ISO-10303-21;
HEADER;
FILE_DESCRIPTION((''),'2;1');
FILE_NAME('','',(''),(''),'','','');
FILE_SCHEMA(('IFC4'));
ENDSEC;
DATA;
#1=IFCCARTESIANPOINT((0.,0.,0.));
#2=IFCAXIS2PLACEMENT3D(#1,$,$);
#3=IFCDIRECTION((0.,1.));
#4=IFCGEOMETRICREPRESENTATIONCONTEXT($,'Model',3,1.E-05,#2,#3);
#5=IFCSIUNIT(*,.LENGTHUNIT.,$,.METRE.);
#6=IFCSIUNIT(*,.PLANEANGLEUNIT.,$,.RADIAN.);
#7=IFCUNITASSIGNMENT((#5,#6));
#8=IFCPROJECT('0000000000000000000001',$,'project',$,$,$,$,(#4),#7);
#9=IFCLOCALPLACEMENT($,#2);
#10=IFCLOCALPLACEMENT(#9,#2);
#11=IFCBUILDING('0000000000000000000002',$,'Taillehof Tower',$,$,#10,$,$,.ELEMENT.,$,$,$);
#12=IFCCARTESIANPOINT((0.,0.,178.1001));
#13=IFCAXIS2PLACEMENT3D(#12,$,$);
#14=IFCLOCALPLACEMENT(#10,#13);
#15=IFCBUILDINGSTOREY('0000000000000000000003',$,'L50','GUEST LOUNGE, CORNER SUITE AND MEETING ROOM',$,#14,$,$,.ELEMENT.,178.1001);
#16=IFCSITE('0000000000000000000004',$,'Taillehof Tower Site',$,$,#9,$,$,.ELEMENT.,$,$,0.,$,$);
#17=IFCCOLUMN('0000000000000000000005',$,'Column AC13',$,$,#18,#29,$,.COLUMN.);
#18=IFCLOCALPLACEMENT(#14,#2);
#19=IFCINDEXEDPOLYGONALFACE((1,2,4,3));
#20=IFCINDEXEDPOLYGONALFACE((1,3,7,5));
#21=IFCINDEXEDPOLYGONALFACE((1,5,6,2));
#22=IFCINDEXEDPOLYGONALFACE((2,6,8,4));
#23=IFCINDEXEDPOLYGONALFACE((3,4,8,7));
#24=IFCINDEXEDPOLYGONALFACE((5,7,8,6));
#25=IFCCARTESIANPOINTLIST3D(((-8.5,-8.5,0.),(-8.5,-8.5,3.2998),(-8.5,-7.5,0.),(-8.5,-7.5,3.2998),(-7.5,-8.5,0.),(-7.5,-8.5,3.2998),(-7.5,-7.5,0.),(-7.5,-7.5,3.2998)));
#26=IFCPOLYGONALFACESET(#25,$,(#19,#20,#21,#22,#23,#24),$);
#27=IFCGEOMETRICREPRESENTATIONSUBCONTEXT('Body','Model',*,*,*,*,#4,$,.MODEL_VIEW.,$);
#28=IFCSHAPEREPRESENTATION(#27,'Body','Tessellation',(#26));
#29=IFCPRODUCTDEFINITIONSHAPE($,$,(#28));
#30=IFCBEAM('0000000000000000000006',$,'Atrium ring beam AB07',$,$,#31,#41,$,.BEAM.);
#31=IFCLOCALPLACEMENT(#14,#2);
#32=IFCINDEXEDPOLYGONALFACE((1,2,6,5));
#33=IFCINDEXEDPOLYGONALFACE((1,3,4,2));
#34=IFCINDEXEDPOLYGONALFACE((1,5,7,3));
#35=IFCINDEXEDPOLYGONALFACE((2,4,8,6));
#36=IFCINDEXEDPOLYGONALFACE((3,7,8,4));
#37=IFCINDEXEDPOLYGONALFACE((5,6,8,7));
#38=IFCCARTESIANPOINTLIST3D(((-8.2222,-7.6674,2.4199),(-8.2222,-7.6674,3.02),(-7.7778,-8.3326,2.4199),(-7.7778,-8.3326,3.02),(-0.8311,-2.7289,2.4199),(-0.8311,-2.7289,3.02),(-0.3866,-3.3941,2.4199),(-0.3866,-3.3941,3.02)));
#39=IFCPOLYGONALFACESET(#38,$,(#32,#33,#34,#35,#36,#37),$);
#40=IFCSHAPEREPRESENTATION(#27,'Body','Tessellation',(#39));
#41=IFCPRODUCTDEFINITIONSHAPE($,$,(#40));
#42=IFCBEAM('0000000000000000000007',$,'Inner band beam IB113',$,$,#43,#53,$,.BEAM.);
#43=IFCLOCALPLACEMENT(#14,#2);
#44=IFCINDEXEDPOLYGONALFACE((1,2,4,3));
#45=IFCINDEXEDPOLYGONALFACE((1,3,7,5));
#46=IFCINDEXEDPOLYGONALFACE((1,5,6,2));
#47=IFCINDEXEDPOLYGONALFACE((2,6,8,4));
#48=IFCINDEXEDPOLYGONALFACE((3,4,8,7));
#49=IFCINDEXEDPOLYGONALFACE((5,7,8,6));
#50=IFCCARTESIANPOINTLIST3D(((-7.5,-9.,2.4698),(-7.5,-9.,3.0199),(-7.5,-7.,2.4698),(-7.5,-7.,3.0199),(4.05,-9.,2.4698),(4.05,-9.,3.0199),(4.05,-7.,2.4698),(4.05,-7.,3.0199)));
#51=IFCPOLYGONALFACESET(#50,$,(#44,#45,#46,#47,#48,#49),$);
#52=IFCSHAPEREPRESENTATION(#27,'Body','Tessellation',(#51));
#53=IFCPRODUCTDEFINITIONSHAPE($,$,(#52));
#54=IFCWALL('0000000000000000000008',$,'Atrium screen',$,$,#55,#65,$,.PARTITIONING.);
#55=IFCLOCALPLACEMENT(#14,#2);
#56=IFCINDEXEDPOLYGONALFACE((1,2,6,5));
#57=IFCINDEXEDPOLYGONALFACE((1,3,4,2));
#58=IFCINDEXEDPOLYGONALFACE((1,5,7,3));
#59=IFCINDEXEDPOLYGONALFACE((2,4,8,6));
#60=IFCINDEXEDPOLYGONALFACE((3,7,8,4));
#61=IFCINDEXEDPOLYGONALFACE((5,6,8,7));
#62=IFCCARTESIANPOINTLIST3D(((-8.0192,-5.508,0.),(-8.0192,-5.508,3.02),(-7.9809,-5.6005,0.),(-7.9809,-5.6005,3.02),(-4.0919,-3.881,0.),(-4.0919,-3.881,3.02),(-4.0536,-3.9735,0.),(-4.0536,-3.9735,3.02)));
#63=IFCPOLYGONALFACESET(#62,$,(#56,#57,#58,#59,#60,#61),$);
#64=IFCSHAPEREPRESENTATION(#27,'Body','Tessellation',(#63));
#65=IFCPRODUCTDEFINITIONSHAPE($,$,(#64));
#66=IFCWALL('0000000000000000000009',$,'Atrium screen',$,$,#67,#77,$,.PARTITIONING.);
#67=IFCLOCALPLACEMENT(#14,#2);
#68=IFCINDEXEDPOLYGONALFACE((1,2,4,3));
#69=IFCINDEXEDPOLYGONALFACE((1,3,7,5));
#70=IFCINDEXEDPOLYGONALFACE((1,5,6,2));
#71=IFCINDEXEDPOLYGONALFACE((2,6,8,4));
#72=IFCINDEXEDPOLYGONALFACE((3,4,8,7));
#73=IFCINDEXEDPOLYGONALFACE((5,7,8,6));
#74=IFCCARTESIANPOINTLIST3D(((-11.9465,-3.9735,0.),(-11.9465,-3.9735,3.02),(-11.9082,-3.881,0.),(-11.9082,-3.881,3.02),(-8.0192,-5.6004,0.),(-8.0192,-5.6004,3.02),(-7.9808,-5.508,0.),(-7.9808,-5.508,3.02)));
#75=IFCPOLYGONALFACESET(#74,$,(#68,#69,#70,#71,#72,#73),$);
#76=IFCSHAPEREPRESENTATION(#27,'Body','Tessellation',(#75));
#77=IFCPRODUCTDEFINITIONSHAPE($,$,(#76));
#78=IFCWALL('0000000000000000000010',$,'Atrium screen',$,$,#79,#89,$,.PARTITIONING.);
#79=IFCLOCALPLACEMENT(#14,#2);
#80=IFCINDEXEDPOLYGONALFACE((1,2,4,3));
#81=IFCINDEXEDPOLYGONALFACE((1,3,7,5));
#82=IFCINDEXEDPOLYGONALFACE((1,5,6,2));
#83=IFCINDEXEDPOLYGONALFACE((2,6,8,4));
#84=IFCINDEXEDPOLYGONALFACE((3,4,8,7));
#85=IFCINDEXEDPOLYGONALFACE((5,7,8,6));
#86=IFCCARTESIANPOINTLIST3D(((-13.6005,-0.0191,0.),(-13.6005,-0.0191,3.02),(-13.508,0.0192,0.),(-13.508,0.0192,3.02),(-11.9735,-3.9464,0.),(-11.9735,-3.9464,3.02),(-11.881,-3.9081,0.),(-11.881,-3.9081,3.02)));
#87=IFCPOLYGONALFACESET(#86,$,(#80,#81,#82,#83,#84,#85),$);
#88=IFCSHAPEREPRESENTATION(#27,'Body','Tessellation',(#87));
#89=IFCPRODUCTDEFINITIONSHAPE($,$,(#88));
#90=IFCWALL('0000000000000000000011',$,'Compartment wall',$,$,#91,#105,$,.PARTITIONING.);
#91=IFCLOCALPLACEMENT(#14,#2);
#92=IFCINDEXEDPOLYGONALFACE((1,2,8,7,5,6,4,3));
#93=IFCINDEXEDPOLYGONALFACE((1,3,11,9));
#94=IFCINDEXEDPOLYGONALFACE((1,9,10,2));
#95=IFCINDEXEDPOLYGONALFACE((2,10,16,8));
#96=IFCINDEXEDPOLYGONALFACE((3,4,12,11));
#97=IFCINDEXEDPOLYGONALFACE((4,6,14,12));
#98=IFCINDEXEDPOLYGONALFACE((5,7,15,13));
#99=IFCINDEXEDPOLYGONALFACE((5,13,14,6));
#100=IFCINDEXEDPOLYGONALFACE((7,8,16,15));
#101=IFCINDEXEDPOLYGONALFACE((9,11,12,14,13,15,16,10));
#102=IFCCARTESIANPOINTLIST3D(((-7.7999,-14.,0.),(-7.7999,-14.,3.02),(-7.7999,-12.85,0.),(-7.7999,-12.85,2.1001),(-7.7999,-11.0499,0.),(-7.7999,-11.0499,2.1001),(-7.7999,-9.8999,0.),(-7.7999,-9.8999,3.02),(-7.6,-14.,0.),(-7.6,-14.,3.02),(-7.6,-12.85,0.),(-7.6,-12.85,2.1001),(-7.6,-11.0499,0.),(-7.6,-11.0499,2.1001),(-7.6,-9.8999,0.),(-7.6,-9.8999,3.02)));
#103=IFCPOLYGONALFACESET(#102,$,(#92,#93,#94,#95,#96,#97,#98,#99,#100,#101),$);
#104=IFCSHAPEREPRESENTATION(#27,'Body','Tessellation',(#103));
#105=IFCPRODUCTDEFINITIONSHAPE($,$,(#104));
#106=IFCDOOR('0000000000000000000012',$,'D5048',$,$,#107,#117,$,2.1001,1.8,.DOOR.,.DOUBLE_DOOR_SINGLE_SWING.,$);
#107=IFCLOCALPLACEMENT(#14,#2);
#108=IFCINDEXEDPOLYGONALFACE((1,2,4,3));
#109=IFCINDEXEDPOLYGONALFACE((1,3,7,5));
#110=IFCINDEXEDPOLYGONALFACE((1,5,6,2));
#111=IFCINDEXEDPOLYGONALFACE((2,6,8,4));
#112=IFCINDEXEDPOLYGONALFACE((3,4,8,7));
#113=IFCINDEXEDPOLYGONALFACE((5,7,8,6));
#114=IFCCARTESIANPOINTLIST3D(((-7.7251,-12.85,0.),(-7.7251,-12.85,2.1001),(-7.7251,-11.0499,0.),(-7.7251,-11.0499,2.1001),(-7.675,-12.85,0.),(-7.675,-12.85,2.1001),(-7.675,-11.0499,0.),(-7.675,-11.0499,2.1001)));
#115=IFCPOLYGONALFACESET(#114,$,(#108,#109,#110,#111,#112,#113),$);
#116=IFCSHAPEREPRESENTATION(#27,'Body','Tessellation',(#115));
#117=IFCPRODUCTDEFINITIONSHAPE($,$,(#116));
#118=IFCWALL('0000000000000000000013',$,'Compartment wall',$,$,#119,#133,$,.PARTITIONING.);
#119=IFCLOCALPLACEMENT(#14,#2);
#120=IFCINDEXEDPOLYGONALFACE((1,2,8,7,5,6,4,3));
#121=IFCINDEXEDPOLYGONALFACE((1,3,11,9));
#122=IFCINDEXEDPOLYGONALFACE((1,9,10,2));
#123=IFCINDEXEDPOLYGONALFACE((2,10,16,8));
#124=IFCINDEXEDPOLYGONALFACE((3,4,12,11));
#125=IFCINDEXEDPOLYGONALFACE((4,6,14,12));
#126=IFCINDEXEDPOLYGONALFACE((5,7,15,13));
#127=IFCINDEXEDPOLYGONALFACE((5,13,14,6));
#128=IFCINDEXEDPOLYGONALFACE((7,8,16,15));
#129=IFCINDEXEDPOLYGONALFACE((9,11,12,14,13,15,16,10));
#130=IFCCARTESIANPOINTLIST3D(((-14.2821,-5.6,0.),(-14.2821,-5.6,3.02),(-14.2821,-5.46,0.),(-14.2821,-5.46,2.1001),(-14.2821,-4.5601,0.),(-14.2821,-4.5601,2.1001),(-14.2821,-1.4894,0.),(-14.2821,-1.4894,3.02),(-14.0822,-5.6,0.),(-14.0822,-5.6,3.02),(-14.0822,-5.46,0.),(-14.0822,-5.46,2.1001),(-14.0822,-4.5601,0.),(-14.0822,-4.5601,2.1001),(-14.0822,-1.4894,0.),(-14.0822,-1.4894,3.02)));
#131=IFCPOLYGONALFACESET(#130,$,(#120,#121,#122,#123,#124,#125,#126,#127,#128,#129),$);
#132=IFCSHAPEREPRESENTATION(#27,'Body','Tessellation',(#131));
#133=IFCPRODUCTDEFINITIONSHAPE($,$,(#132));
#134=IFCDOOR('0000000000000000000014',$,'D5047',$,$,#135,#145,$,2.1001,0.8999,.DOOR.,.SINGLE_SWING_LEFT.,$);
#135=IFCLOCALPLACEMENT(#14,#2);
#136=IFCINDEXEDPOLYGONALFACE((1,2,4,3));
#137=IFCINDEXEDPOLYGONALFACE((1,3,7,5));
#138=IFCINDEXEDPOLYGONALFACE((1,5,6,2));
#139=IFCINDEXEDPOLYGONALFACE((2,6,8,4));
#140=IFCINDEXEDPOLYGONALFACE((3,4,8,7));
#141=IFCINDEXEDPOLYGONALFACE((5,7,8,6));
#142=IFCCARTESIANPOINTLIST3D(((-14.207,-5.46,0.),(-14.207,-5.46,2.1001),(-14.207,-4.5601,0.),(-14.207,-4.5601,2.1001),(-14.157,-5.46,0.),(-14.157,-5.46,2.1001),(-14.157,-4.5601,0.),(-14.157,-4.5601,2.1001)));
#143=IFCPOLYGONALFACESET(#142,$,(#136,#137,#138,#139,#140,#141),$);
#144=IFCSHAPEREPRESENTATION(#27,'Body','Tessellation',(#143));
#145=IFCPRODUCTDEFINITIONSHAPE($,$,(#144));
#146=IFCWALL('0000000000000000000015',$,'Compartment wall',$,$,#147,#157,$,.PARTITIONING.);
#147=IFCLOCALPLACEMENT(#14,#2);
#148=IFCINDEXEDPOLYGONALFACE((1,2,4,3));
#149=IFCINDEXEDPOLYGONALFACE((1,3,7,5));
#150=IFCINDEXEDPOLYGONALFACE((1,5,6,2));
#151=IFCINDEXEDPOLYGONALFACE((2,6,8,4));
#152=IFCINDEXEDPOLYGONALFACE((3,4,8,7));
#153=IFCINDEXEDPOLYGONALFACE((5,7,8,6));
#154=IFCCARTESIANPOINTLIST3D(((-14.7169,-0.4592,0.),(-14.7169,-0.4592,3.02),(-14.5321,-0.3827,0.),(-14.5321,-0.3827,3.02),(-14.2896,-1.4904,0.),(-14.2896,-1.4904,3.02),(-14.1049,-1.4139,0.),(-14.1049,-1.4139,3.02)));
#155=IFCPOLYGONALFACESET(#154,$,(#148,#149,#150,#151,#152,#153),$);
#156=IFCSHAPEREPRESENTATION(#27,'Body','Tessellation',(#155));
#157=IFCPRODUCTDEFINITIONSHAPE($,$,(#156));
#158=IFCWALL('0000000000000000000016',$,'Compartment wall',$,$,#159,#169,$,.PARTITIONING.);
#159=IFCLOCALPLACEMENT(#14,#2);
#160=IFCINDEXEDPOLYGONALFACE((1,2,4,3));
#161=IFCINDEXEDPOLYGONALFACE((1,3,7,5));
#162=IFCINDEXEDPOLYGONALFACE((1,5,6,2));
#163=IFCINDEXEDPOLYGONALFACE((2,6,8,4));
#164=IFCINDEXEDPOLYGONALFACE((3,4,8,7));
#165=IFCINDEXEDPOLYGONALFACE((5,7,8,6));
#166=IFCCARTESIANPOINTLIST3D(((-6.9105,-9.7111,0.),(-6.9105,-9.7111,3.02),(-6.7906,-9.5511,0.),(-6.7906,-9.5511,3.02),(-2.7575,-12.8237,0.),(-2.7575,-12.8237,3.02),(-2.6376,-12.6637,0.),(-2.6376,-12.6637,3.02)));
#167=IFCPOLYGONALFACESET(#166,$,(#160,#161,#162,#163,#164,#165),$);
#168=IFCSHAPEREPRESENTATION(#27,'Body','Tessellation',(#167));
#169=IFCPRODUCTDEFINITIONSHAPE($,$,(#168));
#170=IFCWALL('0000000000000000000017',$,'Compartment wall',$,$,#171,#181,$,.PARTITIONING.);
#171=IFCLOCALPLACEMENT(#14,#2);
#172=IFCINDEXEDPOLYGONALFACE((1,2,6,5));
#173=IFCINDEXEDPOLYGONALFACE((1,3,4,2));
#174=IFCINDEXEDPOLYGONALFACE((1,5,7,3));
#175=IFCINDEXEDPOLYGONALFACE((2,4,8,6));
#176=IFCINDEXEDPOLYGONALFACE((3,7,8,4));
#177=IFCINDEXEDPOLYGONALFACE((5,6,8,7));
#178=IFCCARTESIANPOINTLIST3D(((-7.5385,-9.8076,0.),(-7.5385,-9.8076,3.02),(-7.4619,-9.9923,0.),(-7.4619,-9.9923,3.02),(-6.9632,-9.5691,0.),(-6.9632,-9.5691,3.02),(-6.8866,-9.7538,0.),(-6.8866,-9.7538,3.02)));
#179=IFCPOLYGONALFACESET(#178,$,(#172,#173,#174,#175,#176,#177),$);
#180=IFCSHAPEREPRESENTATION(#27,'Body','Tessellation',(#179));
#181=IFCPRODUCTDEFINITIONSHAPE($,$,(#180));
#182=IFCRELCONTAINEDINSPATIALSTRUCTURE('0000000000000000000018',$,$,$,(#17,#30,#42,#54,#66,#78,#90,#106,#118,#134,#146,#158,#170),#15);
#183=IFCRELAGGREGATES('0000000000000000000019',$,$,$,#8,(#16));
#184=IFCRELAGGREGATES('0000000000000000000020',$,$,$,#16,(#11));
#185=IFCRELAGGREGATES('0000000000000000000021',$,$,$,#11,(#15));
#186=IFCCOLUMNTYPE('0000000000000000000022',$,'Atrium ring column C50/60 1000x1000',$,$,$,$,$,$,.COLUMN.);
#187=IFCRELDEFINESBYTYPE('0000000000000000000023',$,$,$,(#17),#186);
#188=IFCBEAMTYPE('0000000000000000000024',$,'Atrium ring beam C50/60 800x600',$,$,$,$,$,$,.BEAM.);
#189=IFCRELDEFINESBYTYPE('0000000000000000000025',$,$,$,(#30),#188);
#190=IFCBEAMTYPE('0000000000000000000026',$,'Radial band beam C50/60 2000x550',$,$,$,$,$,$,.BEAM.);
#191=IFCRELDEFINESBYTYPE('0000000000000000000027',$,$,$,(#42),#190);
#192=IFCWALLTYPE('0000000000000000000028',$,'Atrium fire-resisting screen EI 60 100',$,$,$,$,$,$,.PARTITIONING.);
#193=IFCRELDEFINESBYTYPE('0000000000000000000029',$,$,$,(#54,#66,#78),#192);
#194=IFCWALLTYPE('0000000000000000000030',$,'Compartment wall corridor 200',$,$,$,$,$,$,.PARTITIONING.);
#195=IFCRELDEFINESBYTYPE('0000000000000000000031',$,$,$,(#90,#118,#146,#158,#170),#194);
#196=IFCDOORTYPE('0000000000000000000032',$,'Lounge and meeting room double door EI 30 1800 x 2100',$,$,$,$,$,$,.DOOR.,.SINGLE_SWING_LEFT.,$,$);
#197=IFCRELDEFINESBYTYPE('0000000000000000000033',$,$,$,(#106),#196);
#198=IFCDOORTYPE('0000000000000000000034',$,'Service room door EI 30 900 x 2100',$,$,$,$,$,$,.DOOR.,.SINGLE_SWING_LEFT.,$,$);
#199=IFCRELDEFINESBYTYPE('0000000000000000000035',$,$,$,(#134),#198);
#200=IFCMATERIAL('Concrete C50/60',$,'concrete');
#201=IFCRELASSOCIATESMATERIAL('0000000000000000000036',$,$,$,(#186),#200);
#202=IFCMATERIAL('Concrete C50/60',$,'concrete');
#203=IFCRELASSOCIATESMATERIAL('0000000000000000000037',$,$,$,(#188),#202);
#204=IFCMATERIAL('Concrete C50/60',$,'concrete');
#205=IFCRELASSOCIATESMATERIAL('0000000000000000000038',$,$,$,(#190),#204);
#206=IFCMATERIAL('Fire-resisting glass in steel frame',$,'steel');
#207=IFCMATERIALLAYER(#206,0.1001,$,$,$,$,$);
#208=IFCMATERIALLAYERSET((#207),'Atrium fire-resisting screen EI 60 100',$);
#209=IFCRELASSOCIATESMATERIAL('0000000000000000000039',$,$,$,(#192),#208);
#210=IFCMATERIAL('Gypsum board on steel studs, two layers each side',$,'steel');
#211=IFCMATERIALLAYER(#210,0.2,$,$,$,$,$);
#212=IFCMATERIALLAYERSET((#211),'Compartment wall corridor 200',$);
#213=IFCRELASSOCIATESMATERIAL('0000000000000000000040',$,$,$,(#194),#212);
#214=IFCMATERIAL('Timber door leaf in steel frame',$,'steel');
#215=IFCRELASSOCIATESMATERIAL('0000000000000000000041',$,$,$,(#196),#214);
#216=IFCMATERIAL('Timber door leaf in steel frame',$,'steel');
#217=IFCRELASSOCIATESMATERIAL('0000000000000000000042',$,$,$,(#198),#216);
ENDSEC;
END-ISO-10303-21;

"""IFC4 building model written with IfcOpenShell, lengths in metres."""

from ifc_helpers import new_model, si_unit, direction, frame, frame_2d, origin, origin_2d, place, context, subcontext, project, spatial, rectangle, extrude, material, layer, layer_set, material_profile, profile_set, type_object, element, fill, save


model = new_model("IFC4")

# Units and contexts
model_context = context("Model", 3, precision=1e-05, world=origin(), true_north=direction((0.0, 1.0)))
body_context = subcontext(model_context, "Body", "Model", "MODEL_VIEW")
ifc_project = project(units=[si_unit("LENGTHUNIT", "METRE"), si_unit("PLANEANGLEUNIT", "RADIAN")], contexts=[model_context])

# Site, building, storey
site_placement = place(None, origin())
site = spatial("IfcSite", under=ifc_project, at=site_placement, Name="Taillehof Tower Site", CompositionType="ELEMENT", RefElevation=0.0)
building_placement = place(site_placement, origin())
building = spatial("IfcBuilding", under=site, at=building_placement, Name="Taillehof Tower", CompositionType="ELEMENT")
storey_placement = place(building_placement, frame((0.0, 0.0, 178.1001)))
storey = spatial("IfcBuildingStorey", under=building, at=storey_placement, Name="L50", Description="GUEST LOUNGE, CORNER SUITE AND MEETING ROOM", CompositionType="ELEMENT", Elevation=178.1001)

# Column
ifc_material_1 = material(Name="Concrete C50/60", Category="concrete")
ifc_material_profile_1 = material_profile(ifc_material_1, rectangle(XDim=1.0, YDim=1.0, at=origin_2d()), Name="RC 1000x1000")
ifc_profile_set_1 = profile_set([ifc_material_profile_1], Name="Concrete C50/60")
column_type = type_object("IfcColumnType", Name="Atrium ring column C50/60 1000x1000", PredefinedType="COLUMN", material=ifc_profile_set_1)
column_placement = place(storey_placement, frame((-8.0, -8.0, 0.0), z_axis=(0.0, 0.0, 1.0), x_axis=(1.0, 0.0, 0.0)))
element("IfcColumn", 1, at=column_placement, inside=storey, type_object=column_type, Name="Column AC13", PredefinedType="COLUMN", context=body_context, shape_type="SweptSolid", body=[
    extrude(rectangle(XDim=1.0, YDim=1.0, at=origin_2d()), origin(), (0.0, 0.0, 1.0), 3.2998),
])

# Beams
ifc_material_2 = material(Name="Concrete C50/60", Category="concrete")
ifc_material_profile_2 = material_profile(ifc_material_2, rectangle(XDim=0.8, YDim=0.6001, at=origin_2d()), Name="RC 800x600")
ifc_profile_set_2 = profile_set([ifc_material_profile_2], Name="Concrete C50/60")
beam_type_1 = type_object("IfcBeamType", Name="Atrium ring beam C50/60 800x600", PredefinedType="BEAM", material=ifc_profile_set_2)
beam_1_placement = place(storey_placement, frame((-8.0, -8.0, 2.72), z_axis=(0.831475, 0.555562, 0.0), x_axis=(-0.555562, 0.831475, 0.0)))
element("IfcBeam", 2, at=beam_1_placement, inside=storey, type_object=beam_type_1, Name="Atrium ring beam AB07", PredefinedType="BEAM", context=body_context, shape_type="SweptSolid", body=[
    extrude(rectangle(XDim=0.8, YDim=0.6001, at=origin_2d()), origin(), (0.0, 0.0, 1.0), 8.8892),
])
ifc_material_3 = material(Name="Concrete C50/60", Category="concrete")
ifc_material_profile_3 = material_profile(ifc_material_3, rectangle(XDim=2.0, YDim=0.55, at=origin_2d()), Name="RC 2000x550")
ifc_profile_set_3 = profile_set([ifc_material_profile_3], Name="Concrete C50/60")
beam_type_2 = type_object("IfcBeamType", Name="Radial band beam C50/60 2000x550", PredefinedType="BEAM", material=ifc_profile_set_3)
beam_2_placement = place(storey_placement, frame((-7.5, -8.0, 2.7449), z_axis=(1.0, 0.0, 0.0), x_axis=(0.0, 1.0, 0.0)))
element("IfcBeam", 3, at=beam_2_placement, inside=storey, type_object=beam_type_2, Name="Inner band beam IB113", PredefinedType="BEAM", context=body_context, shape_type="SweptSolid", body=[
    extrude(rectangle(XDim=2.0, YDim=0.55, at=origin_2d()), origin(), (0.0, 0.0, 1.0), 11.55),
])

# Walls
ifc_material_4 = material(Name="Fire-resisting glass in steel frame", Category="steel")
ifc_layer_1 = layer(ifc_material_4, 0.1001)
ifc_layer_set_1 = layer_set([ifc_layer_1], Name="Atrium fire-resisting screen EI 60 100")
wall_type_1 = type_object("IfcWallType", Name="Atrium fire-resisting screen EI 60 100", PredefinedType="PARTITIONING", material=ifc_layer_set_1)
for number, where, z_axis, x_axis, name in (
    (4, (-4.0728, -3.9272, 0.0), (0.0, 0.0, 1.0), (-0.92386, -0.382731, 0.0), "Atrium screen"),
    (5, (-8.0, -5.5542, 0.0), (0.0, 0.0, 1.0), (-0.92386, 0.382731, 0.0), "Atrium screen"),
    (6, (-11.9272, -3.9272, 0.0), (0.0, 0.0, 1.0), (-0.382731, 0.92386, 0.0), "Atrium screen"),
):
    element("IfcWall", number, at=place(storey_placement, frame(where, z_axis=z_axis, x_axis=x_axis)), inside=storey, type_object=wall_type_1, Name=name, PredefinedType="PARTITIONING", context=body_context, shape_type="SweptSolid", body=[
        extrude(rectangle(XDim=4.251, YDim=0.1001, at=frame_2d((2.1255, 0.0))), origin(), (0.0, 0.0, 1.0), 3.02),
    ])

# Walls, openings, doors
ifc_material_5 = material(Name="Gypsum board on steel studs, two layers each side", Category="steel")
ifc_layer_2 = layer(ifc_material_5, 0.2)
ifc_layer_set_2 = layer_set([ifc_layer_2], Name="Compartment wall corridor 200")
wall_type_2 = type_object("IfcWallType", Name="Compartment wall corridor 200", PredefinedType="PARTITIONING", material=ifc_layer_set_2)
wall_1_placement = place(storey_placement, frame((-7.7, -9.8999, 0.0), z_axis=(0.0, 0.0, 1.0), x_axis=(0.0, -1.0, 0.0)))
wall_1 = element("IfcWall", 7, at=wall_1_placement, inside=storey, type_object=wall_type_2, Name="Compartment wall", PredefinedType="PARTITIONING", context=body_context, shape_type="SweptSolid", body=[
    extrude(rectangle(XDim=4.1001, YDim=0.2, at=frame_2d((2.05, 0.0))), origin(), (0.0, 0.0, 1.0), 3.02),
])
opening_1_placement = place(wall_1_placement, frame((1.1501, 0.0, 0.0)))
opening_1 = element("IfcOpeningElement", 8, at=opening_1_placement, cuts=wall_1, PredefinedType="OPENING", context=body_context, shape_type="SweptSolid", body=[
    extrude(rectangle(XDim=1.8, YDim=2.1001, at=frame_2d((0.8999, 1.05))), frame((0.0, 0.1099, 0.0), z_axis=(0.0, -1.0, 0.0), x_axis=(1.0, 0.0, 0.0)), (0.0, 0.0, 1.0), 0.22),
])
ifc_material_6 = material(Name="Timber door leaf in steel frame", Category="steel")
door_type_1 = type_object("IfcDoorType", Name="Lounge and meeting room double door EI 30 1800 x 2100", OperationType="SINGLE_SWING_LEFT", PredefinedType="DOOR", material=ifc_material_6)
door_1_placement = place(opening_1_placement, origin())
door_1 = element("IfcDoor", 9, at=door_1_placement, inside=storey, type_object=door_type_1, Name="D5048", OperationType="DOUBLE_DOOR_SINGLE_SWING", OverallHeight=2.1001, OverallWidth=1.8, PredefinedType="DOOR", context=body_context, shape_type="SweptSolid", body=[
    extrude(rectangle(XDim=1.8, YDim=2.1001, at=frame_2d((0.8999, 1.05))), frame((0.0, 0.0249, 0.0), z_axis=(0.0, -1.0, 0.0), x_axis=(1.0, 0.0, 0.0)), (0.0, 0.0, 1.0), 0.05),
])
fill(opening_1, door_1)
wall_2_placement = place(storey_placement, frame((-14.1821, -5.5999, 0.0), z_axis=(0.0, 0.0, 1.0), x_axis=(0.0, 1.0, 0.0)))
wall_2 = element("IfcWall", 10, at=wall_2_placement, inside=storey, type_object=wall_type_2, Name="Compartment wall", PredefinedType="PARTITIONING", context=body_context, shape_type="SweptSolid", body=[
    extrude(rectangle(XDim=4.1106, YDim=0.2, at=frame_2d((2.0552, 0.0))), origin(), (0.0, 0.0, 1.0), 3.02),
])
opening_2_placement = place(wall_2_placement, frame((0.1399, 0.0, 0.0)))
opening_2 = element("IfcOpeningElement", 11, at=opening_2_placement, cuts=wall_2, PredefinedType="OPENING", context=body_context, shape_type="SweptSolid", body=[
    extrude(rectangle(XDim=0.8999, YDim=2.1001, at=frame_2d((0.45, 1.05))), frame((0.0, 0.1099, 0.0), z_axis=(0.0, -1.0, 0.0), x_axis=(1.0, 0.0, 0.0)), (0.0, 0.0, 1.0), 0.22),
])
ifc_material_7 = material(Name="Timber door leaf in steel frame", Category="steel")
door_type_2 = type_object("IfcDoorType", Name="Service room door EI 30 900 x 2100", OperationType="SINGLE_SWING_LEFT", PredefinedType="DOOR", material=ifc_material_7)
door_2_placement = place(opening_2_placement, origin())
door_2 = element("IfcDoor", 12, at=door_2_placement, inside=storey, type_object=door_type_2, Name="D5047", OperationType="SINGLE_SWING_LEFT", OverallHeight=2.1001, OverallWidth=0.8999, PredefinedType="DOOR", context=body_context, shape_type="SweptSolid", body=[
    extrude(rectangle(XDim=0.8999, YDim=2.1001, at=frame_2d((0.45, 1.05))), frame((0.0, 0.0249, 0.0), z_axis=(0.0, -1.0, 0.0), x_axis=(1.0, 0.0, 0.0)), (0.0, 0.0, 1.0), 0.05),
])
fill(opening_2, door_2)

# Walls
wall_3_placement = place(storey_placement, frame((-14.1973, -1.4521, 0.0), z_axis=(0.0, 0.0, 1.0), x_axis=(-0.382751, 0.923852, 0.0)))
element("IfcWall", 13, at=wall_3_placement, inside=storey, type_object=wall_type_2, Name="Compartment wall", PredefinedType="PARTITIONING", context=body_context, shape_type="SweptSolid", body=[
    extrude(rectangle(XDim=1.1162, YDim=0.2, at=frame_2d((0.5581, 0.0))), origin(), (0.0, 0.0, 1.0), 3.02),
])
wall_4_placement = place(storey_placement, frame((-2.6975, -12.7437, 0.0), z_axis=(0.0, 0.0, 1.0), x_axis=(-0.800209, 0.599721, 0.0)))
element("IfcWall", 14, at=wall_4_placement, inside=storey, type_object=wall_type_2, Name="Compartment wall", PredefinedType="PARTITIONING", context=body_context, shape_type="SweptSolid", body=[
    extrude(rectangle(XDim=5.1899, YDim=0.2, at=frame_2d((2.595, 0.0))), origin(), (0.0, 0.0, 1.0), 3.02),
])
wall_5_placement = place(storey_placement, frame((-6.9248, -9.6614, 0.0), z_axis=(0.0, 0.0, 1.0), x_axis=(-0.923725, -0.383056, 0.0)))
element("IfcWall", 15, at=wall_5_placement, inside=storey, type_object=wall_type_2, Name="Compartment wall", PredefinedType="PARTITIONING", context=body_context, shape_type="SweptSolid", body=[
    extrude(rectangle(XDim=0.6228, YDim=0.2, at=frame_2d((0.3115, 0.0))), origin(), (0.0, 0.0, 1.0), 3.02),
])

save(model, "model.ifc")
